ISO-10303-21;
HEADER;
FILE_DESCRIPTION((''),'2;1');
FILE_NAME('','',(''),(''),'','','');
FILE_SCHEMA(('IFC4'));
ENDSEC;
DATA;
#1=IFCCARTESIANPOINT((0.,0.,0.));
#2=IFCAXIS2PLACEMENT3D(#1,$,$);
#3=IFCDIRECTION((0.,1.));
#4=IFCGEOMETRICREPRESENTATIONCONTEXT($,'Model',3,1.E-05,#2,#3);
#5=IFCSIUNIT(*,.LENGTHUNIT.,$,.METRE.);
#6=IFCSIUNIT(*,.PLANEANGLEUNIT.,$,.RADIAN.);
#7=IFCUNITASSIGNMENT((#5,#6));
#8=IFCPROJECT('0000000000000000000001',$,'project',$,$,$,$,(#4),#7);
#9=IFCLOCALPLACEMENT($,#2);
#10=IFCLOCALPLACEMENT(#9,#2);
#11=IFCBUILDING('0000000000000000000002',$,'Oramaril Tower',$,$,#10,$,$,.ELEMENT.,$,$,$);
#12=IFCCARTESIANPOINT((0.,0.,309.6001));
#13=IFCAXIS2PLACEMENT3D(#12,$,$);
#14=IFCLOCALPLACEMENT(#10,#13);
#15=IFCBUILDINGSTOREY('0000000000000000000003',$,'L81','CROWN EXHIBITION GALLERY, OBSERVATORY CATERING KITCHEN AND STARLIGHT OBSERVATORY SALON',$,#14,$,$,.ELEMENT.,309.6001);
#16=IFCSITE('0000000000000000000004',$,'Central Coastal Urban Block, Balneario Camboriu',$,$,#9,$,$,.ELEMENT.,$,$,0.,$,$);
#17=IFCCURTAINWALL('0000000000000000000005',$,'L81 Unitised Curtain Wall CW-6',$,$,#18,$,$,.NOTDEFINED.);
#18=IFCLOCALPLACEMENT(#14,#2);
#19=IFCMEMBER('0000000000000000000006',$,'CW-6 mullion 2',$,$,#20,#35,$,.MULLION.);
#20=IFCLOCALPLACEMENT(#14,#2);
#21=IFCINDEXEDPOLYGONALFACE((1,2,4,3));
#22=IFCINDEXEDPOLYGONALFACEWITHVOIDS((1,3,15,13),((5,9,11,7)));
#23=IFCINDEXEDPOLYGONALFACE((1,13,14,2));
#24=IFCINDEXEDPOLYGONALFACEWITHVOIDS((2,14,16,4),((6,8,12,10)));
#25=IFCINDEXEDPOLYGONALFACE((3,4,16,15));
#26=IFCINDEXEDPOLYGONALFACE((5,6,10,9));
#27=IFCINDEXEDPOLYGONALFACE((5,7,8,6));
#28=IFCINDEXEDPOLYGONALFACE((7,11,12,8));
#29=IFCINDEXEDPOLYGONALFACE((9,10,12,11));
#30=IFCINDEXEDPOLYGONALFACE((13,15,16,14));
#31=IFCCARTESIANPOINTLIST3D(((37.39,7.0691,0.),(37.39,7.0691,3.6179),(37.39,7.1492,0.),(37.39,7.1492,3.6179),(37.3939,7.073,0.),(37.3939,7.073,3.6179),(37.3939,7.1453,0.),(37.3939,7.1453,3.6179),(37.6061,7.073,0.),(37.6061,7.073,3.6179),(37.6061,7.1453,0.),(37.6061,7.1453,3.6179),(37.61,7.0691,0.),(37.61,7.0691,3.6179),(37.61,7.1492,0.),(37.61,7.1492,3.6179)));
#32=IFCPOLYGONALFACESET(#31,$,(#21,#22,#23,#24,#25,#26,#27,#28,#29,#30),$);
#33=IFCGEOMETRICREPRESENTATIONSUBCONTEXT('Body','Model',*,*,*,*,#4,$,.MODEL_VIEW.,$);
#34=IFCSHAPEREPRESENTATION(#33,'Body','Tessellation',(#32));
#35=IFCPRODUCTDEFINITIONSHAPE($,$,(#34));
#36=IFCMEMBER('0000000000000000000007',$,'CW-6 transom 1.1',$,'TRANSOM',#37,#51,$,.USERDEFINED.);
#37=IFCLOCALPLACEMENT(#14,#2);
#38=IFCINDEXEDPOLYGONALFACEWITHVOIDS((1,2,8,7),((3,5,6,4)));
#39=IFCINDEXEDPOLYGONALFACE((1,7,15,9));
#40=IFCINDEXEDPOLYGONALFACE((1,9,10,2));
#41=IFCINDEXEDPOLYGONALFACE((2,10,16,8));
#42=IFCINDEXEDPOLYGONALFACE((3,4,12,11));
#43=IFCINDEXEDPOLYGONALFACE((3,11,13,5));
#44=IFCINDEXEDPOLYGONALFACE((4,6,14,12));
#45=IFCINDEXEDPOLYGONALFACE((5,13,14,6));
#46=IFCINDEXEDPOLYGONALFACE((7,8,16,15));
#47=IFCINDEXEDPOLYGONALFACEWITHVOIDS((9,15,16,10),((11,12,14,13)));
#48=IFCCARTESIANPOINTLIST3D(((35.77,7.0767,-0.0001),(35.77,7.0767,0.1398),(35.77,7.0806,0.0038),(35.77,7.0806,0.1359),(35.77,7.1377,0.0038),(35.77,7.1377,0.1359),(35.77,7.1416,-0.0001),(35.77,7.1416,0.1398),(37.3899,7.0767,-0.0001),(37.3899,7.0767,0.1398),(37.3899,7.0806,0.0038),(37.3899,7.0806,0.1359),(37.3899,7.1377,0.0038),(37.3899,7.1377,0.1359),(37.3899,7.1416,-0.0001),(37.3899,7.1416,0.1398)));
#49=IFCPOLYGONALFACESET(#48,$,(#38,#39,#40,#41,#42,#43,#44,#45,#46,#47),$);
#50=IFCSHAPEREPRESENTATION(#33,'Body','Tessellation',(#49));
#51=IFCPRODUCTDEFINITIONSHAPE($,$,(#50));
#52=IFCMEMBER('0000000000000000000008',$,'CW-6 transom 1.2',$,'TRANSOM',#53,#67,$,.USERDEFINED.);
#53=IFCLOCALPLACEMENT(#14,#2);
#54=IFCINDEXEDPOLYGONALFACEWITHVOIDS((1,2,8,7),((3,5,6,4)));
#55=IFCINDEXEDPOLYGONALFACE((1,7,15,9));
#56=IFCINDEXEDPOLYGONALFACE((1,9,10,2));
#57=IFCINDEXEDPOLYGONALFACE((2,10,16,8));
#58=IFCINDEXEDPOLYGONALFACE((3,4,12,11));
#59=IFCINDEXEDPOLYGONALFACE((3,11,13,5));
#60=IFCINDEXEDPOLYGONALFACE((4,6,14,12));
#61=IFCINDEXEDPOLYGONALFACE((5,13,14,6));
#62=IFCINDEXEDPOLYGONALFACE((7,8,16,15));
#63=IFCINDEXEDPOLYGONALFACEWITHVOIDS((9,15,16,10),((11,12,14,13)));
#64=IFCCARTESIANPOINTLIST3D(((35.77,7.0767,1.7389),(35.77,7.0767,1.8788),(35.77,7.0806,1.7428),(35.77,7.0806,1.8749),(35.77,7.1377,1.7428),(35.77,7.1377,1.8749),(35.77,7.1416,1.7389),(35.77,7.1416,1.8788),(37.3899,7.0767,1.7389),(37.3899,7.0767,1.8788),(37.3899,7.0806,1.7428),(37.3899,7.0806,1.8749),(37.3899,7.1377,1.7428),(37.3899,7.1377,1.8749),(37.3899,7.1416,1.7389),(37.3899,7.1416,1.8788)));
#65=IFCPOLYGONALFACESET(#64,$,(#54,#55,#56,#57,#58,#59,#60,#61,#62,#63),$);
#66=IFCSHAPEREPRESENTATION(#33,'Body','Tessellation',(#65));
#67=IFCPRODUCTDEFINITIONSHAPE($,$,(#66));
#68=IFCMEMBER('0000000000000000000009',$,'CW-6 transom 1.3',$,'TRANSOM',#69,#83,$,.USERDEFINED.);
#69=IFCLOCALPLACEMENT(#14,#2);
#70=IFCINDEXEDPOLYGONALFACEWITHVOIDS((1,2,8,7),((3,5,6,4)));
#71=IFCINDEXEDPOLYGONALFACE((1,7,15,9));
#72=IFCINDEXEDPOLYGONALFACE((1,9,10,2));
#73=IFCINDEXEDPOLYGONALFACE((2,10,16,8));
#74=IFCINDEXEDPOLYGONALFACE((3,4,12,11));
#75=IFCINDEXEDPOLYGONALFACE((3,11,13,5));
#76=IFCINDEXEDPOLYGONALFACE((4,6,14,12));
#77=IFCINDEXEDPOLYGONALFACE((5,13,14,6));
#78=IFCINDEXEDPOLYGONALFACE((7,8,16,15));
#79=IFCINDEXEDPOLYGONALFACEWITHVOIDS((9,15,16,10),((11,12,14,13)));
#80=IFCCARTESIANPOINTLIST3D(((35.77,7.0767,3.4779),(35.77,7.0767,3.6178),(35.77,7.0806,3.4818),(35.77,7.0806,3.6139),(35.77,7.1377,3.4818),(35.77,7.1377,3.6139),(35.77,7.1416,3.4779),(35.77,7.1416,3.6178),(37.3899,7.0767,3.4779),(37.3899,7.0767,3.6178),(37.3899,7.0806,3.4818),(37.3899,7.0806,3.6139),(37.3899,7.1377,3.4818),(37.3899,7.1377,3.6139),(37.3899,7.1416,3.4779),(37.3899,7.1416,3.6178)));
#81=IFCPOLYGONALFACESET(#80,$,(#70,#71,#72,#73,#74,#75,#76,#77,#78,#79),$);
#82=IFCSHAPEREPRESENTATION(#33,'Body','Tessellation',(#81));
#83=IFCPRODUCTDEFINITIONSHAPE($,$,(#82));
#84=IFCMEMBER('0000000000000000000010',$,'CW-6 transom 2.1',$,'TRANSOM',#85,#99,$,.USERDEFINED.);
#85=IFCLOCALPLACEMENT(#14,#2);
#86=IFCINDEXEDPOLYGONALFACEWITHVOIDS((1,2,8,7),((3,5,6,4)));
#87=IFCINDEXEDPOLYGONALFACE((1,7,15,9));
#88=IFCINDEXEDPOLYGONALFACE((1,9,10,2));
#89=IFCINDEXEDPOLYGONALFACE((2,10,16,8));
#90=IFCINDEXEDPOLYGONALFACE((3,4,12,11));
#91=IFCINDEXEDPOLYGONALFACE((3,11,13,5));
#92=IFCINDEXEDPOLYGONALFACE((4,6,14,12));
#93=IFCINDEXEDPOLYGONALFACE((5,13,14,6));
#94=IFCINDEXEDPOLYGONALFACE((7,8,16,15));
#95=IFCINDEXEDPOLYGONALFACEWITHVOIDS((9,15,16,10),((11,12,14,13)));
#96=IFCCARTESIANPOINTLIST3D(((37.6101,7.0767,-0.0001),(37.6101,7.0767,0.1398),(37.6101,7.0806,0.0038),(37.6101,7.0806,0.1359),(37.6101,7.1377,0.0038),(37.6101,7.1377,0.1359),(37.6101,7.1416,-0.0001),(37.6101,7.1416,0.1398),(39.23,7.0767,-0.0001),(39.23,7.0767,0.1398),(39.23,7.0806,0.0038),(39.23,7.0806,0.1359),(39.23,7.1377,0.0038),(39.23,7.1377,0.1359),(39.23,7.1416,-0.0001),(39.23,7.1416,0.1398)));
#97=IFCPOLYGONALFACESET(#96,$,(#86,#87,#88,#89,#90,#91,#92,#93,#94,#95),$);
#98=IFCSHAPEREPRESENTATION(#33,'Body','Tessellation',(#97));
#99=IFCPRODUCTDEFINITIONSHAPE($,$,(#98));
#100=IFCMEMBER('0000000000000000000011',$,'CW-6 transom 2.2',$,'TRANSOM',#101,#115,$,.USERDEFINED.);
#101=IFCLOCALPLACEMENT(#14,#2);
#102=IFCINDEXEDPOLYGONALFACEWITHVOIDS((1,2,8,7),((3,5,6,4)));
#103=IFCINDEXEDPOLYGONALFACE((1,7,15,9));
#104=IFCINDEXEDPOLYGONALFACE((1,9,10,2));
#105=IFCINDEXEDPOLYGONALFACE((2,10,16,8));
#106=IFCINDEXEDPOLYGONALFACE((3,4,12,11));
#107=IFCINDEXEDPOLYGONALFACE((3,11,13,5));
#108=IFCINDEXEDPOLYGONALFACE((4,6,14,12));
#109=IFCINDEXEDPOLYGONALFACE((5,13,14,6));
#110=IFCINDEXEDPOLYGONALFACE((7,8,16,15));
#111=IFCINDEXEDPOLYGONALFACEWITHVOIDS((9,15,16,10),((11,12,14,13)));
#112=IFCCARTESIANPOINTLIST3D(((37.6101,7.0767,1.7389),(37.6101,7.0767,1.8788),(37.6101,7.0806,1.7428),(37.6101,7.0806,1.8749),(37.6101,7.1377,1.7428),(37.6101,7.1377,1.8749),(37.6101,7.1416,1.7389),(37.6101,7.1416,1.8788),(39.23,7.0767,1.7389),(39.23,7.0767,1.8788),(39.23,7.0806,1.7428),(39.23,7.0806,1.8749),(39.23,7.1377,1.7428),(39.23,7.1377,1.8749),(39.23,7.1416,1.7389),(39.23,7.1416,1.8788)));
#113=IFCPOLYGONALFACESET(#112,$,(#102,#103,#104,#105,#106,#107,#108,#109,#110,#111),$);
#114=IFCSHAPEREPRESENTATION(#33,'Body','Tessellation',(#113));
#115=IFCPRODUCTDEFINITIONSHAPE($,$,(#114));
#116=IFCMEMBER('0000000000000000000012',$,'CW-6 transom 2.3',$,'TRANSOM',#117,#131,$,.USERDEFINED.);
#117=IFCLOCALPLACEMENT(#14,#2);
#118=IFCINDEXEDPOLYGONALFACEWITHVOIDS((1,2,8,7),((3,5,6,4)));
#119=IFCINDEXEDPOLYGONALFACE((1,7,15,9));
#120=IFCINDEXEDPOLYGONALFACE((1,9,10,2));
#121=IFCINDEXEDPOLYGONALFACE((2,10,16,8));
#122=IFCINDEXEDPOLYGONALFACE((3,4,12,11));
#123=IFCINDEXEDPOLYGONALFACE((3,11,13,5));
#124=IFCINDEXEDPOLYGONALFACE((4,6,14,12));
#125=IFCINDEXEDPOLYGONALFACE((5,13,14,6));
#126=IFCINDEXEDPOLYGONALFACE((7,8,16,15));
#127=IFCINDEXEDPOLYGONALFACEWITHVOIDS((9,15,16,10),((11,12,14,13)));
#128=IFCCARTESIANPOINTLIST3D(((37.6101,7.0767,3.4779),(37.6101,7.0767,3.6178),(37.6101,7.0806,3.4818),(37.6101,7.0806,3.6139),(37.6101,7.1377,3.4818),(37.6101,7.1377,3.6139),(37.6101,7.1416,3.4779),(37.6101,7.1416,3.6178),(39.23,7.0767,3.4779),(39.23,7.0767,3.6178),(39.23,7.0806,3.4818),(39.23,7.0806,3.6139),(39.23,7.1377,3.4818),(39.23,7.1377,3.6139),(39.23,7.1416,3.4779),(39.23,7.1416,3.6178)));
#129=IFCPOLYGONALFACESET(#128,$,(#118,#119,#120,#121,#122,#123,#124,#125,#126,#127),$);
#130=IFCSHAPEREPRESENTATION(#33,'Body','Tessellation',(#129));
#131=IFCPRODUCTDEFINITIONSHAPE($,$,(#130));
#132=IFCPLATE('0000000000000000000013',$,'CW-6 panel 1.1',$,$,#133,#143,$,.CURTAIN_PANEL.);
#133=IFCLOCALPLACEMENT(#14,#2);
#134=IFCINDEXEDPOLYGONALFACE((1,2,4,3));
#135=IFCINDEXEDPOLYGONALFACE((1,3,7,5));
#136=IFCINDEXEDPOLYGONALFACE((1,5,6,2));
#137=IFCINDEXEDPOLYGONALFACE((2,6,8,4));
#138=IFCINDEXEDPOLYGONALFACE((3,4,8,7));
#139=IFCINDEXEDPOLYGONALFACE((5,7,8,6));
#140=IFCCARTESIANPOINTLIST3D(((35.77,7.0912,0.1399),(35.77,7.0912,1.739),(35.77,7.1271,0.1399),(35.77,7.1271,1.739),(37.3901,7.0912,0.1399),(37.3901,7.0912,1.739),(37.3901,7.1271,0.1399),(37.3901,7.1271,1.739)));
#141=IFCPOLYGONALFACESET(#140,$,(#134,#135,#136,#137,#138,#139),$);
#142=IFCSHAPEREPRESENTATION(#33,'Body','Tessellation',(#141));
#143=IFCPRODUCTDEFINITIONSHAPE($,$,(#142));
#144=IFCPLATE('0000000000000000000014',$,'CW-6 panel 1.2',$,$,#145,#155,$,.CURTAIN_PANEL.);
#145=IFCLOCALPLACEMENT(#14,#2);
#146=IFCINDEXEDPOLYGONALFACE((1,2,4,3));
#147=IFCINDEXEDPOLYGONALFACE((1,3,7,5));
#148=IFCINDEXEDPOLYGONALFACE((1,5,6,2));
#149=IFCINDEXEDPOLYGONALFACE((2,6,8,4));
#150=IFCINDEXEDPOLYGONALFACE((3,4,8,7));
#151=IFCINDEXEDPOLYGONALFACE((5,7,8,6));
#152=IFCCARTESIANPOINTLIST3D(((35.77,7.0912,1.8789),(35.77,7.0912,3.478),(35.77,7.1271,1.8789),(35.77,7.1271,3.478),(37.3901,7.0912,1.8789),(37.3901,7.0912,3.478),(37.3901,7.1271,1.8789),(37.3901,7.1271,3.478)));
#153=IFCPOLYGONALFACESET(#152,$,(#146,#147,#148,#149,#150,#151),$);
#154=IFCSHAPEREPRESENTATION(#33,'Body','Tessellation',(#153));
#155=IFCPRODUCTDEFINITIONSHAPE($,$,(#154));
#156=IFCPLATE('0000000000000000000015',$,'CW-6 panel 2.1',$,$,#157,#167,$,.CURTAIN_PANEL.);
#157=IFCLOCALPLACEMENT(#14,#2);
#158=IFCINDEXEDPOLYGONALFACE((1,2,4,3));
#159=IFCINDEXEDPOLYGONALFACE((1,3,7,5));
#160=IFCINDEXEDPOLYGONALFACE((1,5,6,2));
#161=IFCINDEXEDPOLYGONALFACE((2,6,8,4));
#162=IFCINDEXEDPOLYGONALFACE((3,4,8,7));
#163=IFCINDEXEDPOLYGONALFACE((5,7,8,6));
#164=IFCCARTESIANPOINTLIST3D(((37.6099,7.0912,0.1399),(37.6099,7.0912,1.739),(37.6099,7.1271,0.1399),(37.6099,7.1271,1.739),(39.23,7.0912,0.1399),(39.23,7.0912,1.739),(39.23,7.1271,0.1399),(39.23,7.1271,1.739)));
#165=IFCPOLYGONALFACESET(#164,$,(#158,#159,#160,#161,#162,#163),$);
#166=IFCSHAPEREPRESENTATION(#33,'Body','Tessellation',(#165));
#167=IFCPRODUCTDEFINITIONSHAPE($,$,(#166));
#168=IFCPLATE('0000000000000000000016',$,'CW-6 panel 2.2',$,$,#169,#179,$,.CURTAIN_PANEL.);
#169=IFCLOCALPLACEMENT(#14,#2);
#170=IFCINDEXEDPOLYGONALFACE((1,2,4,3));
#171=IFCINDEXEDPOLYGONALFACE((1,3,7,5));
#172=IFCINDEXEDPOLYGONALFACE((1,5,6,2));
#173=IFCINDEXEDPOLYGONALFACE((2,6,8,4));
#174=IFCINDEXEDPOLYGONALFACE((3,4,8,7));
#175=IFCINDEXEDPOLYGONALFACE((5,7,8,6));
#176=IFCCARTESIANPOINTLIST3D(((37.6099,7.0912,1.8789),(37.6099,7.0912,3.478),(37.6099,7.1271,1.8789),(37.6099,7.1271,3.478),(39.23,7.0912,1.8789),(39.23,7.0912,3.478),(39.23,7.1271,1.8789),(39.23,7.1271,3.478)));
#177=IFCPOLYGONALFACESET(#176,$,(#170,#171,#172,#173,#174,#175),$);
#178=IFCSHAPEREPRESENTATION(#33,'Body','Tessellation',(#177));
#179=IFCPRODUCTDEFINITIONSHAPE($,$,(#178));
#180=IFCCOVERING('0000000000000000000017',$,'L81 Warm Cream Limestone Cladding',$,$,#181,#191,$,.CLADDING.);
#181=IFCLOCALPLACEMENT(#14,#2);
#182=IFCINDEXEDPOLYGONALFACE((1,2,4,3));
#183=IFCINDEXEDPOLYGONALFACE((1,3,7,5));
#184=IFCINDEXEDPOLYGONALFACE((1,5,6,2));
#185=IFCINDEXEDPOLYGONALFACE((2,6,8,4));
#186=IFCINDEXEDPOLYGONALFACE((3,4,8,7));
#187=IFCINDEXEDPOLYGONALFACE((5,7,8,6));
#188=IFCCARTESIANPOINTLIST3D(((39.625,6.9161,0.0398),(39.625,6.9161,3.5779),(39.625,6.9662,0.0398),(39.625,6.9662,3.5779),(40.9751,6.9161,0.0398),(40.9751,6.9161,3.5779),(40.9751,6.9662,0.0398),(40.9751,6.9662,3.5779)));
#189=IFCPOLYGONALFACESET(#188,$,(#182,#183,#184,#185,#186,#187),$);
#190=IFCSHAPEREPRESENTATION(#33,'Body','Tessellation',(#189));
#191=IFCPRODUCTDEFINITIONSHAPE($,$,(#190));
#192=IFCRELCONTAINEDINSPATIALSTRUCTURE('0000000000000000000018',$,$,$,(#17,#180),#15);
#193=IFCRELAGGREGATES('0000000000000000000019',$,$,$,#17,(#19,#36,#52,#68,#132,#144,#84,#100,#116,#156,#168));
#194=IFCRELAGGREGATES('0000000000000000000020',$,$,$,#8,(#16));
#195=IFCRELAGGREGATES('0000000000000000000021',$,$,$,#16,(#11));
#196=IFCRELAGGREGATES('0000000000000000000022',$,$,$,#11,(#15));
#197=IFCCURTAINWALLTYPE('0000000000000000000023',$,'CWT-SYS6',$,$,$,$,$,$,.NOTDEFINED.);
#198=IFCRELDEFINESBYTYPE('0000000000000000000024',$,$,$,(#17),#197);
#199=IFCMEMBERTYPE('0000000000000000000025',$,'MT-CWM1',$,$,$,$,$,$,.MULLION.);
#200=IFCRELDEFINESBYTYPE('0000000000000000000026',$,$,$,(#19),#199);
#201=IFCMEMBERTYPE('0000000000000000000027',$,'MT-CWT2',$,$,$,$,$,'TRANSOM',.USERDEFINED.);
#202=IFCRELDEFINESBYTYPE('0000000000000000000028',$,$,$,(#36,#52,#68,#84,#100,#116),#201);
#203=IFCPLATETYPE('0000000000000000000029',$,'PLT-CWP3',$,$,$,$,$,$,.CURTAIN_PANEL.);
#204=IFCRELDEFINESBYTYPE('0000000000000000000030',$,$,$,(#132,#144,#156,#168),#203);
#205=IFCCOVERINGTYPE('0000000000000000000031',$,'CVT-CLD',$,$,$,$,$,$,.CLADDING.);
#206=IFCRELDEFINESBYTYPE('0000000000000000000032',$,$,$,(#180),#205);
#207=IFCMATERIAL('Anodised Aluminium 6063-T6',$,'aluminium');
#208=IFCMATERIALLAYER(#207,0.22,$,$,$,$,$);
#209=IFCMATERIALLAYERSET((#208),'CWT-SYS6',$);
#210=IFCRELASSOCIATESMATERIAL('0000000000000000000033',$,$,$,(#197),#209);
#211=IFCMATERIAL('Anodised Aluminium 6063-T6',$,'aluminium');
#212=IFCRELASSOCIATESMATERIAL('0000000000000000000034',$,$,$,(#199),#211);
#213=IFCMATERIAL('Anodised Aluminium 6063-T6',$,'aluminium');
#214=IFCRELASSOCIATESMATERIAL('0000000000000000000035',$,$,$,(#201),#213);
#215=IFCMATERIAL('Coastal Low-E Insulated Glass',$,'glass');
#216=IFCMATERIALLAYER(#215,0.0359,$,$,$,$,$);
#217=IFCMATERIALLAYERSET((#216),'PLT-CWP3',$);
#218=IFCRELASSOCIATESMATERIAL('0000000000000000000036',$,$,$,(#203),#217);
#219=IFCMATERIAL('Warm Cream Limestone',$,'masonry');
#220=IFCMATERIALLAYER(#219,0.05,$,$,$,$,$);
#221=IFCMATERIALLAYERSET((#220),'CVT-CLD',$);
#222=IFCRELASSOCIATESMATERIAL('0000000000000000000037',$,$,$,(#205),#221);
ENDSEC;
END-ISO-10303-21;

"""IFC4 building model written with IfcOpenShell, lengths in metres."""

from ifc_helpers import new_model, si_unit, direction, frame, origin, origin_2d, place, context, subcontext, project, spatial, rectangle, hollow_rectangle, extrude, material, layer, layer_set, material_profile, profile_set, type_object, element, aggregate, save


model = new_model("IFC4")

# Units and contexts
model_context = context("Model", 3, precision=1e-05, world=origin(), true_north=direction((0.0, 1.0)))
body_context = subcontext(model_context, "Body", "Model", "MODEL_VIEW")
ifc_project = project(units=[si_unit("LENGTHUNIT", "METRE"), si_unit("PLANEANGLEUNIT", "RADIAN")], contexts=[model_context])

# Site, building, storey
site_placement = place(None, origin())
site = spatial("IfcSite", under=ifc_project, at=site_placement, Name="Central Coastal Urban Block, Balneario Camboriu", CompositionType="ELEMENT", RefElevation=0.0)
building_placement = place(site_placement, origin())
building = spatial("IfcBuilding", under=site, at=building_placement, Name="Oramaril Tower", CompositionType="ELEMENT")
storey_placement = place(building_placement, frame((0.0, 0.0, 309.6001)))
storey = spatial("IfcBuildingStorey", under=building, at=storey_placement, Name="L81", Description="CROWN EXHIBITION GALLERY, OBSERVATORY CATERING KITCHEN AND STARLIGHT OBSERVATORY SALON", CompositionType="ELEMENT", Elevation=309.6001)

# Curtain wall, members, plates
ifc_material_1 = material(Name="Anodised Aluminium 6063-T6", Category="aluminium")
ifc_layer_1 = layer(ifc_material_1, 0.22)
ifc_layer_set_1 = layer_set([ifc_layer_1], Name="CWT-SYS6")
curtain_wall_type = type_object("IfcCurtainWallType", Name="CWT-SYS6", PredefinedType="NOTDEFINED", material=ifc_layer_set_1)
curtain_wall_placement = place(storey_placement, origin())
curtain_wall = element("IfcCurtainWall", 1, at=curtain_wall_placement, inside=storey, type_object=curtain_wall_type, Name="L81 Unitised Curtain Wall CW-6", PredefinedType="NOTDEFINED")
ifc_material_2 = material(Name="Anodised Aluminium 6063-T6", Category="aluminium")
ifc_material_profile_1 = material_profile(ifc_material_2, hollow_rectangle(XDim=0.0801, YDim=0.22, WallThickness=0.0039, at=origin_2d()), Name="CWM220X80")
ifc_profile_set_1 = profile_set([ifc_material_profile_1], Name="Anodised Aluminium 6063-T6")
member_type_1 = type_object("IfcMemberType", Name="MT-CWM1", PredefinedType="MULLION", material=ifc_profile_set_1)
member_1_placement = place(storey_placement, frame((37.5, 7.1091, 0.0), z_axis=(0.0, 0.0, 1.0), x_axis=(0.0, 1.0, 0.0)))
member_1 = element("IfcMember", 2, at=member_1_placement, type_object=member_type_1, Name="CW-6 mullion 2", PredefinedType="MULLION", context=body_context, shape_type="SweptSolid", body=[
    extrude(hollow_rectangle(XDim=0.0801, YDim=0.22, WallThickness=0.0039, at=origin_2d()), origin(), (0.0, 0.0, 1.0), 3.6179),
])
ifc_material_3 = material(Name="Anodised Aluminium 6063-T6", Category="aluminium")
ifc_material_profile_2 = material_profile(ifc_material_3, hollow_rectangle(XDim=0.0649, YDim=0.1399, WallThickness=0.0039, at=origin_2d()), Name="CWT140X65")
ifc_profile_set_2 = profile_set([ifc_material_profile_2], Name="Anodised Aluminium 6063-T6")
member_type_2 = type_object("IfcMemberType", Name="MT-CWT2", ElementType="TRANSOM", PredefinedType="USERDEFINED", material=ifc_profile_set_2)
member_2_placement = place(storey_placement, frame((35.77, 7.1091, 0.0698), z_axis=(1.0, 0.0, 0.0), x_axis=(0.0, 1.0, 0.0)))
member_2 = element("IfcMember", 3, at=member_2_placement, type_object=member_type_2, Name="CW-6 transom 1.1", ObjectType="TRANSOM", PredefinedType="USERDEFINED", context=body_context, shape_type="SweptSolid", body=[
    extrude(hollow_rectangle(XDim=0.0649, YDim=0.1399, WallThickness=0.0039, at=origin_2d()), origin(), (0.0, 0.0, 1.0), 1.6199),
])
member_3_placement = place(storey_placement, frame((35.77, 7.1091, 1.8088), z_axis=(1.0, 0.0, 0.0), x_axis=(0.0, 1.0, 0.0)))
member_3 = element("IfcMember", 4, at=member_3_placement, type_object=member_type_2, Name="CW-6 transom 1.2", ObjectType="TRANSOM", PredefinedType="USERDEFINED", context=body_context, shape_type="SweptSolid", body=[
    extrude(hollow_rectangle(XDim=0.0649, YDim=0.1399, WallThickness=0.0039, at=origin_2d()), origin(), (0.0, 0.0, 1.0), 1.6199),
])
member_4_placement = place(storey_placement, frame((35.77, 7.1091, 3.5479), z_axis=(1.0, 0.0, 0.0), x_axis=(0.0, 1.0, 0.0)))
member_4 = element("IfcMember", 5, at=member_4_placement, type_object=member_type_2, Name="CW-6 transom 1.3", ObjectType="TRANSOM", PredefinedType="USERDEFINED", context=body_context, shape_type="SweptSolid", body=[
    extrude(hollow_rectangle(XDim=0.0649, YDim=0.1399, WallThickness=0.0039, at=origin_2d()), origin(), (0.0, 0.0, 1.0), 1.6199),
])
member_5_placement = place(storey_placement, frame((37.6101, 7.1091, 0.0698), z_axis=(1.0, 0.0, 0.0), x_axis=(0.0, 1.0, 0.0)))
member_5 = element("IfcMember", 6, at=member_5_placement, type_object=member_type_2, Name="CW-6 transom 2.1", ObjectType="TRANSOM", PredefinedType="USERDEFINED", context=body_context, shape_type="SweptSolid", body=[
    extrude(hollow_rectangle(XDim=0.0649, YDim=0.1399, WallThickness=0.0039, at=origin_2d()), origin(), (0.0, 0.0, 1.0), 1.6199),
])
member_6_placement = place(storey_placement, frame((37.6101, 7.1091, 1.8088), z_axis=(1.0, 0.0, 0.0), x_axis=(0.0, 1.0, 0.0)))
member_6 = element("IfcMember", 7, at=member_6_placement, type_object=member_type_2, Name="CW-6 transom 2.2", ObjectType="TRANSOM", PredefinedType="USERDEFINED", context=body_context, shape_type="SweptSolid", body=[
    extrude(hollow_rectangle(XDim=0.0649, YDim=0.1399, WallThickness=0.0039, at=origin_2d()), origin(), (0.0, 0.0, 1.0), 1.6199),
])
member_7_placement = place(storey_placement, frame((37.6101, 7.1091, 3.5479), z_axis=(1.0, 0.0, 0.0), x_axis=(0.0, 1.0, 0.0)))
member_7 = element("IfcMember", 8, at=member_7_placement, type_object=member_type_2, Name="CW-6 transom 2.3", ObjectType="TRANSOM", PredefinedType="USERDEFINED", context=body_context, shape_type="SweptSolid", body=[
    extrude(hollow_rectangle(XDim=0.0649, YDim=0.1399, WallThickness=0.0039, at=origin_2d()), origin(), (0.0, 0.0, 1.0), 1.6199),
])
ifc_material_4 = material(Name="Coastal Low-E Insulated Glass", Category="glass")
ifc_layer_2 = layer(ifc_material_4, 0.0359)
ifc_layer_set_2 = layer_set([ifc_layer_2], Name="PLT-CWP3")
plate_type = type_object("IfcPlateType", Name="PLT-CWP3", PredefinedType="CURTAIN_PANEL", material=ifc_layer_set_2)
plate_1_placement = place(storey_placement, frame((36.5801, 7.1091, 0.1399), z_axis=(0.0, 0.0, 1.0), x_axis=(1.0, 0.0, 0.0)))
plate_1 = element("IfcPlate", 9, at=plate_1_placement, type_object=plate_type, Name="CW-6 panel 1.1", PredefinedType="CURTAIN_PANEL", context=body_context, shape_type="SweptSolid", body=[
    extrude(rectangle(XDim=1.6201, YDim=0.0359, at=origin_2d()), origin(), (0.0, 0.0, 1.0), 1.5991),
])
plate_2_placement = place(storey_placement, frame((36.5801, 7.1091, 1.8789), z_axis=(0.0, 0.0, 1.0), x_axis=(1.0, 0.0, 0.0)))
plate_2 = element("IfcPlate", 10, at=plate_2_placement, type_object=plate_type, Name="CW-6 panel 1.2", PredefinedType="CURTAIN_PANEL", context=body_context, shape_type="SweptSolid", body=[
    extrude(rectangle(XDim=1.6201, YDim=0.0359, at=origin_2d()), origin(), (0.0, 0.0, 1.0), 1.5991),
])
plate_3_placement = place(storey_placement, frame((38.4199, 7.1091, 0.1399), z_axis=(0.0, 0.0, 1.0), x_axis=(1.0, 0.0, 0.0)))
plate_3 = element("IfcPlate", 11, at=plate_3_placement, type_object=plate_type, Name="CW-6 panel 2.1", PredefinedType="CURTAIN_PANEL", context=body_context, shape_type="SweptSolid", body=[
    extrude(rectangle(XDim=1.6201, YDim=0.0359, at=origin_2d()), origin(), (0.0, 0.0, 1.0), 1.5991),
])
plate_4_placement = place(storey_placement, frame((38.4199, 7.1091, 1.8789), z_axis=(0.0, 0.0, 1.0), x_axis=(1.0, 0.0, 0.0)))
plate_4 = element("IfcPlate", 12, at=plate_4_placement, type_object=plate_type, Name="CW-6 panel 2.2", PredefinedType="CURTAIN_PANEL", context=body_context, shape_type="SweptSolid", body=[
    extrude(rectangle(XDim=1.6201, YDim=0.0359, at=origin_2d()), origin(), (0.0, 0.0, 1.0), 1.5991),
])
aggregate(curtain_wall, [member_1, member_2, member_3, member_4, plate_1, plate_2, member_5, member_6, member_7, plate_3, plate_4])

# Covering
ifc_material_5 = material(Name="Warm Cream Limestone", Category="masonry")
ifc_layer_3 = layer(ifc_material_5, 0.05)
ifc_layer_set_3 = layer_set([ifc_layer_3], Name="CVT-CLD")
covering_type = type_object("IfcCoveringType", Name="CVT-CLD", PredefinedType="CLADDING", material=ifc_layer_set_3)
covering_1_placement = place(storey_placement, frame((40.3, 6.9412, 0.0398), z_axis=(0.0, 0.0, 1.0), x_axis=(1.0, 0.0, 0.0)))
element("IfcCovering", 13, at=covering_1_placement, inside=storey, type_object=covering_type, Name="L81 Warm Cream Limestone Cladding", PredefinedType="CLADDING", context=body_context, shape_type="SweptSolid", body=[
    extrude(rectangle(XDim=1.3501, YDim=0.05, at=origin_2d()), origin(), (0.0, 0.0, 1.0), 3.5381),
])

save(model, "model.ifc")
